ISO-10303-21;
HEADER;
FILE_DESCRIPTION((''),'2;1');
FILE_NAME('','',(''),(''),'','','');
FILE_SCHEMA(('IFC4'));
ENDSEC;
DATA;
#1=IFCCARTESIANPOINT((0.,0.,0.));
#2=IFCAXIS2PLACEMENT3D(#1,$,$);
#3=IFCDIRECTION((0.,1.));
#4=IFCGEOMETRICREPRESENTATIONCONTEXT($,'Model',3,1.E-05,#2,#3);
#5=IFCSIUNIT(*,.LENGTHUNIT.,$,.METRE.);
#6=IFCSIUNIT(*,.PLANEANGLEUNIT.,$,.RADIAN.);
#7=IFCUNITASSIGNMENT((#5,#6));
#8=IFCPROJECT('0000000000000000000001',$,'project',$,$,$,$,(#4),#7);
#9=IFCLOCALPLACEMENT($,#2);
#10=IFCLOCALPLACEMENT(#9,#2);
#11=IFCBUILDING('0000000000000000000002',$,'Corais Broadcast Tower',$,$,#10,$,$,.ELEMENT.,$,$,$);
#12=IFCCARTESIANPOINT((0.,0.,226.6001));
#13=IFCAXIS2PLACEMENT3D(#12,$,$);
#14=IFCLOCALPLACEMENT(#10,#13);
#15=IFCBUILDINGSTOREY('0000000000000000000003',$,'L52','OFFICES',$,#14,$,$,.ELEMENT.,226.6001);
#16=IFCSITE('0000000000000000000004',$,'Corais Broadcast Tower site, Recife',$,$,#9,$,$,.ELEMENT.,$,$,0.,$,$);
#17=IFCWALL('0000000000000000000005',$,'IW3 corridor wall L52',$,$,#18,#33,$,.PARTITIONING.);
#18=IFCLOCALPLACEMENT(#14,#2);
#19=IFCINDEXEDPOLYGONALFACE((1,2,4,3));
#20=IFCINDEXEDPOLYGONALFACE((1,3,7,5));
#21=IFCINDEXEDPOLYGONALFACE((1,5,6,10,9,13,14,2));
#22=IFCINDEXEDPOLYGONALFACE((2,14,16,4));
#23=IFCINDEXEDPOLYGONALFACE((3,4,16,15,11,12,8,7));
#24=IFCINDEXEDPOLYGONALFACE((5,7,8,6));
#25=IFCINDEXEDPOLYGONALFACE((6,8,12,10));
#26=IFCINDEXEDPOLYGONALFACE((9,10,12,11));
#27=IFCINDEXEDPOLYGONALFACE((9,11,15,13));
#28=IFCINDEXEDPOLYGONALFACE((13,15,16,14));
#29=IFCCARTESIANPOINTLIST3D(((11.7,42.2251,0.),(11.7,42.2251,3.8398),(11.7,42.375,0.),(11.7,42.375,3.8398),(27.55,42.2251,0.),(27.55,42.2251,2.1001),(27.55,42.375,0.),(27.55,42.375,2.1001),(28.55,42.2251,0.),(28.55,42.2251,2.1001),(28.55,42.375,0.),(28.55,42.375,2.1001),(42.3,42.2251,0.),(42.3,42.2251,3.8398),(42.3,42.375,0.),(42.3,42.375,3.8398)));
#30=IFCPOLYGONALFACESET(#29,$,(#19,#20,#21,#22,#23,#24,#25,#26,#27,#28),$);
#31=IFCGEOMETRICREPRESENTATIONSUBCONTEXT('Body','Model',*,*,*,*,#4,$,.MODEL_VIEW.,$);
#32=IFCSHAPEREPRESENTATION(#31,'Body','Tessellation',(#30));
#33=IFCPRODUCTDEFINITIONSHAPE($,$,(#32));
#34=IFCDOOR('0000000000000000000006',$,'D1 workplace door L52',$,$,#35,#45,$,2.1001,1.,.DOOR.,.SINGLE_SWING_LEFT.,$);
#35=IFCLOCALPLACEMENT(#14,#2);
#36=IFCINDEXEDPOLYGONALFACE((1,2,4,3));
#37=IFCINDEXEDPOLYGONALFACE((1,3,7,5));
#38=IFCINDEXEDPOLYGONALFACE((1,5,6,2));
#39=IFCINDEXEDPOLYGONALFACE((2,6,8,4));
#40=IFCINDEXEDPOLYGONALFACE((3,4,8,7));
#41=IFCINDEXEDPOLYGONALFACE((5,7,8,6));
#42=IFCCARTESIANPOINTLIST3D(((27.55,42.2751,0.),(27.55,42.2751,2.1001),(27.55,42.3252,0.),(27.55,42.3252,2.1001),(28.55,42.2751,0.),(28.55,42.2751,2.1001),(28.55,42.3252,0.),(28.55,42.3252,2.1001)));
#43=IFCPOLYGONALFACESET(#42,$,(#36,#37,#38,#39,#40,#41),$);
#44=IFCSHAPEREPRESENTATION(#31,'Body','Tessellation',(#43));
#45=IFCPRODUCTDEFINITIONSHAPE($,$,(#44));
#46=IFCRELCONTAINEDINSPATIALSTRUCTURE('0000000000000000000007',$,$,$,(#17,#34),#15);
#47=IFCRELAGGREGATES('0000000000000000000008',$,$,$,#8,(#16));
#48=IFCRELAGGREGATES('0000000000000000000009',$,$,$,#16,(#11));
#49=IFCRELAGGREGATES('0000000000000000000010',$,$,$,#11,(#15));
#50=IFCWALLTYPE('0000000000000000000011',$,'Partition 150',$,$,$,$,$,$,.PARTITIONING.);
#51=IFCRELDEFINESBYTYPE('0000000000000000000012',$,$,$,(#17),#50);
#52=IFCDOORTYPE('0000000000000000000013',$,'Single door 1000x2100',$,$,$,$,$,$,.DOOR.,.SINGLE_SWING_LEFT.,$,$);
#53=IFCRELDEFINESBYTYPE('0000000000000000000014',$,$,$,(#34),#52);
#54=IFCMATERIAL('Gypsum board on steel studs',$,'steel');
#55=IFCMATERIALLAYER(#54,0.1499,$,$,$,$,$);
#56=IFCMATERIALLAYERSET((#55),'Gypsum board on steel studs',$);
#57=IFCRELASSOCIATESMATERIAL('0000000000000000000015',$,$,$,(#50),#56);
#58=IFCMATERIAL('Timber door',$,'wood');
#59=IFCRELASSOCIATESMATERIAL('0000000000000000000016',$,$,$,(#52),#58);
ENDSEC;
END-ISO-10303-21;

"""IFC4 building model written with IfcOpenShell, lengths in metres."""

from ifc_helpers import new_model, si_unit, direction, frame, frame_2d, origin, place, context, subcontext, project, spatial, rectangle, extrude, material, layer, layer_set, type_object, element, fill, save


model = new_model("IFC4")

# Units and contexts
model_context = context("Model", 3, precision=1e-05, world=origin(), true_north=direction((0.0, 1.0)))
body_context = subcontext(model_context, "Body", "Model", "MODEL_VIEW")
ifc_project = project(units=[si_unit("LENGTHUNIT", "METRE"), si_unit("PLANEANGLEUNIT", "RADIAN")], contexts=[model_context])

# Site, building, storey
site_placement = place(None, origin())
site = spatial("IfcSite", under=ifc_project, at=site_placement, Name="Corais Broadcast Tower site, Recife", CompositionType="ELEMENT", RefElevation=0.0)
building_placement = place(site_placement, origin())
building = spatial("IfcBuilding", under=site, at=building_placement, Name="Corais Broadcast Tower", CompositionType="ELEMENT")
storey_placement = place(building_placement, frame((0.0, 0.0, 226.6001)))
storey = spatial("IfcBuildingStorey", under=building, at=storey_placement, Name="L52", Description="OFFICES", CompositionType="ELEMENT", Elevation=226.6001)

# Wall, opening, door
ifc_material_1 = material(Name="Gypsum board on steel studs", Category="steel")
ifc_layer_1 = layer(ifc_material_1, 0.1499)
ifc_layer_set_1 = layer_set([ifc_layer_1], Name="Gypsum board on steel studs")
wall_type = type_object("IfcWallType", Name="Partition 150", PredefinedType="PARTITIONING", material=ifc_layer_set_1)
wall_placement = place(storey_placement, frame((42.3, 42.3, 0.0), z_axis=(0.0, 0.0, 1.0), x_axis=(-1.0, 0.0, 0.0)))
wall = element("IfcWall", 1, at=wall_placement, inside=storey, type_object=wall_type, Name="IW3 corridor wall L52", PredefinedType="PARTITIONING", context=body_context, shape_type="SweptSolid", body=[
    extrude(rectangle(XDim=30.6001, YDim=0.1499, at=frame_2d((15.3, 0.0))), origin(), (0.0, 0.0, 1.0), 3.8398),
])
opening_placement = place(wall_placement, frame((13.75, 0.0, 0.0)))
opening = element("IfcOpeningElement", 2, at=opening_placement, cuts=wall, PredefinedType="OPENING", context=body_context, shape_type="SweptSolid", body=[
    extrude(rectangle(XDim=1.0, YDim=2.1001, at=frame_2d((0.5, 1.05))), frame((0.0, 0.085, 0.0), z_axis=(0.0, -1.0, 0.0), x_axis=(1.0, 0.0, 0.0)), (0.0, 0.0, 1.0), 0.1699),
])
ifc_material_2 = material(Name="Timber door", Category="wood")
door_type = type_object("IfcDoorType", Name="Single door 1000x2100", OperationType="SINGLE_SWING_LEFT", PredefinedType="DOOR", material=ifc_material_2)
door_placement = place(opening_placement, origin())
door = element("IfcDoor", 3, at=door_placement, inside=storey, type_object=door_type, Name="D1 workplace door L52", OperationType="SINGLE_SWING_LEFT", OverallHeight=2.1001, OverallWidth=1.0, PredefinedType="DOOR", context=body_context, shape_type="SweptSolid", body=[
    extrude(rectangle(XDim=1.0, YDim=2.1001, at=frame_2d((0.5, 1.05))), frame((0.0, 0.0249, 0.0), z_axis=(0.0, -1.0, 0.0), x_axis=(1.0, 0.0, 0.0)), (0.0, 0.0, 1.0), 0.05),
])
fill(opening, door)

save(model, "model.ifc")
